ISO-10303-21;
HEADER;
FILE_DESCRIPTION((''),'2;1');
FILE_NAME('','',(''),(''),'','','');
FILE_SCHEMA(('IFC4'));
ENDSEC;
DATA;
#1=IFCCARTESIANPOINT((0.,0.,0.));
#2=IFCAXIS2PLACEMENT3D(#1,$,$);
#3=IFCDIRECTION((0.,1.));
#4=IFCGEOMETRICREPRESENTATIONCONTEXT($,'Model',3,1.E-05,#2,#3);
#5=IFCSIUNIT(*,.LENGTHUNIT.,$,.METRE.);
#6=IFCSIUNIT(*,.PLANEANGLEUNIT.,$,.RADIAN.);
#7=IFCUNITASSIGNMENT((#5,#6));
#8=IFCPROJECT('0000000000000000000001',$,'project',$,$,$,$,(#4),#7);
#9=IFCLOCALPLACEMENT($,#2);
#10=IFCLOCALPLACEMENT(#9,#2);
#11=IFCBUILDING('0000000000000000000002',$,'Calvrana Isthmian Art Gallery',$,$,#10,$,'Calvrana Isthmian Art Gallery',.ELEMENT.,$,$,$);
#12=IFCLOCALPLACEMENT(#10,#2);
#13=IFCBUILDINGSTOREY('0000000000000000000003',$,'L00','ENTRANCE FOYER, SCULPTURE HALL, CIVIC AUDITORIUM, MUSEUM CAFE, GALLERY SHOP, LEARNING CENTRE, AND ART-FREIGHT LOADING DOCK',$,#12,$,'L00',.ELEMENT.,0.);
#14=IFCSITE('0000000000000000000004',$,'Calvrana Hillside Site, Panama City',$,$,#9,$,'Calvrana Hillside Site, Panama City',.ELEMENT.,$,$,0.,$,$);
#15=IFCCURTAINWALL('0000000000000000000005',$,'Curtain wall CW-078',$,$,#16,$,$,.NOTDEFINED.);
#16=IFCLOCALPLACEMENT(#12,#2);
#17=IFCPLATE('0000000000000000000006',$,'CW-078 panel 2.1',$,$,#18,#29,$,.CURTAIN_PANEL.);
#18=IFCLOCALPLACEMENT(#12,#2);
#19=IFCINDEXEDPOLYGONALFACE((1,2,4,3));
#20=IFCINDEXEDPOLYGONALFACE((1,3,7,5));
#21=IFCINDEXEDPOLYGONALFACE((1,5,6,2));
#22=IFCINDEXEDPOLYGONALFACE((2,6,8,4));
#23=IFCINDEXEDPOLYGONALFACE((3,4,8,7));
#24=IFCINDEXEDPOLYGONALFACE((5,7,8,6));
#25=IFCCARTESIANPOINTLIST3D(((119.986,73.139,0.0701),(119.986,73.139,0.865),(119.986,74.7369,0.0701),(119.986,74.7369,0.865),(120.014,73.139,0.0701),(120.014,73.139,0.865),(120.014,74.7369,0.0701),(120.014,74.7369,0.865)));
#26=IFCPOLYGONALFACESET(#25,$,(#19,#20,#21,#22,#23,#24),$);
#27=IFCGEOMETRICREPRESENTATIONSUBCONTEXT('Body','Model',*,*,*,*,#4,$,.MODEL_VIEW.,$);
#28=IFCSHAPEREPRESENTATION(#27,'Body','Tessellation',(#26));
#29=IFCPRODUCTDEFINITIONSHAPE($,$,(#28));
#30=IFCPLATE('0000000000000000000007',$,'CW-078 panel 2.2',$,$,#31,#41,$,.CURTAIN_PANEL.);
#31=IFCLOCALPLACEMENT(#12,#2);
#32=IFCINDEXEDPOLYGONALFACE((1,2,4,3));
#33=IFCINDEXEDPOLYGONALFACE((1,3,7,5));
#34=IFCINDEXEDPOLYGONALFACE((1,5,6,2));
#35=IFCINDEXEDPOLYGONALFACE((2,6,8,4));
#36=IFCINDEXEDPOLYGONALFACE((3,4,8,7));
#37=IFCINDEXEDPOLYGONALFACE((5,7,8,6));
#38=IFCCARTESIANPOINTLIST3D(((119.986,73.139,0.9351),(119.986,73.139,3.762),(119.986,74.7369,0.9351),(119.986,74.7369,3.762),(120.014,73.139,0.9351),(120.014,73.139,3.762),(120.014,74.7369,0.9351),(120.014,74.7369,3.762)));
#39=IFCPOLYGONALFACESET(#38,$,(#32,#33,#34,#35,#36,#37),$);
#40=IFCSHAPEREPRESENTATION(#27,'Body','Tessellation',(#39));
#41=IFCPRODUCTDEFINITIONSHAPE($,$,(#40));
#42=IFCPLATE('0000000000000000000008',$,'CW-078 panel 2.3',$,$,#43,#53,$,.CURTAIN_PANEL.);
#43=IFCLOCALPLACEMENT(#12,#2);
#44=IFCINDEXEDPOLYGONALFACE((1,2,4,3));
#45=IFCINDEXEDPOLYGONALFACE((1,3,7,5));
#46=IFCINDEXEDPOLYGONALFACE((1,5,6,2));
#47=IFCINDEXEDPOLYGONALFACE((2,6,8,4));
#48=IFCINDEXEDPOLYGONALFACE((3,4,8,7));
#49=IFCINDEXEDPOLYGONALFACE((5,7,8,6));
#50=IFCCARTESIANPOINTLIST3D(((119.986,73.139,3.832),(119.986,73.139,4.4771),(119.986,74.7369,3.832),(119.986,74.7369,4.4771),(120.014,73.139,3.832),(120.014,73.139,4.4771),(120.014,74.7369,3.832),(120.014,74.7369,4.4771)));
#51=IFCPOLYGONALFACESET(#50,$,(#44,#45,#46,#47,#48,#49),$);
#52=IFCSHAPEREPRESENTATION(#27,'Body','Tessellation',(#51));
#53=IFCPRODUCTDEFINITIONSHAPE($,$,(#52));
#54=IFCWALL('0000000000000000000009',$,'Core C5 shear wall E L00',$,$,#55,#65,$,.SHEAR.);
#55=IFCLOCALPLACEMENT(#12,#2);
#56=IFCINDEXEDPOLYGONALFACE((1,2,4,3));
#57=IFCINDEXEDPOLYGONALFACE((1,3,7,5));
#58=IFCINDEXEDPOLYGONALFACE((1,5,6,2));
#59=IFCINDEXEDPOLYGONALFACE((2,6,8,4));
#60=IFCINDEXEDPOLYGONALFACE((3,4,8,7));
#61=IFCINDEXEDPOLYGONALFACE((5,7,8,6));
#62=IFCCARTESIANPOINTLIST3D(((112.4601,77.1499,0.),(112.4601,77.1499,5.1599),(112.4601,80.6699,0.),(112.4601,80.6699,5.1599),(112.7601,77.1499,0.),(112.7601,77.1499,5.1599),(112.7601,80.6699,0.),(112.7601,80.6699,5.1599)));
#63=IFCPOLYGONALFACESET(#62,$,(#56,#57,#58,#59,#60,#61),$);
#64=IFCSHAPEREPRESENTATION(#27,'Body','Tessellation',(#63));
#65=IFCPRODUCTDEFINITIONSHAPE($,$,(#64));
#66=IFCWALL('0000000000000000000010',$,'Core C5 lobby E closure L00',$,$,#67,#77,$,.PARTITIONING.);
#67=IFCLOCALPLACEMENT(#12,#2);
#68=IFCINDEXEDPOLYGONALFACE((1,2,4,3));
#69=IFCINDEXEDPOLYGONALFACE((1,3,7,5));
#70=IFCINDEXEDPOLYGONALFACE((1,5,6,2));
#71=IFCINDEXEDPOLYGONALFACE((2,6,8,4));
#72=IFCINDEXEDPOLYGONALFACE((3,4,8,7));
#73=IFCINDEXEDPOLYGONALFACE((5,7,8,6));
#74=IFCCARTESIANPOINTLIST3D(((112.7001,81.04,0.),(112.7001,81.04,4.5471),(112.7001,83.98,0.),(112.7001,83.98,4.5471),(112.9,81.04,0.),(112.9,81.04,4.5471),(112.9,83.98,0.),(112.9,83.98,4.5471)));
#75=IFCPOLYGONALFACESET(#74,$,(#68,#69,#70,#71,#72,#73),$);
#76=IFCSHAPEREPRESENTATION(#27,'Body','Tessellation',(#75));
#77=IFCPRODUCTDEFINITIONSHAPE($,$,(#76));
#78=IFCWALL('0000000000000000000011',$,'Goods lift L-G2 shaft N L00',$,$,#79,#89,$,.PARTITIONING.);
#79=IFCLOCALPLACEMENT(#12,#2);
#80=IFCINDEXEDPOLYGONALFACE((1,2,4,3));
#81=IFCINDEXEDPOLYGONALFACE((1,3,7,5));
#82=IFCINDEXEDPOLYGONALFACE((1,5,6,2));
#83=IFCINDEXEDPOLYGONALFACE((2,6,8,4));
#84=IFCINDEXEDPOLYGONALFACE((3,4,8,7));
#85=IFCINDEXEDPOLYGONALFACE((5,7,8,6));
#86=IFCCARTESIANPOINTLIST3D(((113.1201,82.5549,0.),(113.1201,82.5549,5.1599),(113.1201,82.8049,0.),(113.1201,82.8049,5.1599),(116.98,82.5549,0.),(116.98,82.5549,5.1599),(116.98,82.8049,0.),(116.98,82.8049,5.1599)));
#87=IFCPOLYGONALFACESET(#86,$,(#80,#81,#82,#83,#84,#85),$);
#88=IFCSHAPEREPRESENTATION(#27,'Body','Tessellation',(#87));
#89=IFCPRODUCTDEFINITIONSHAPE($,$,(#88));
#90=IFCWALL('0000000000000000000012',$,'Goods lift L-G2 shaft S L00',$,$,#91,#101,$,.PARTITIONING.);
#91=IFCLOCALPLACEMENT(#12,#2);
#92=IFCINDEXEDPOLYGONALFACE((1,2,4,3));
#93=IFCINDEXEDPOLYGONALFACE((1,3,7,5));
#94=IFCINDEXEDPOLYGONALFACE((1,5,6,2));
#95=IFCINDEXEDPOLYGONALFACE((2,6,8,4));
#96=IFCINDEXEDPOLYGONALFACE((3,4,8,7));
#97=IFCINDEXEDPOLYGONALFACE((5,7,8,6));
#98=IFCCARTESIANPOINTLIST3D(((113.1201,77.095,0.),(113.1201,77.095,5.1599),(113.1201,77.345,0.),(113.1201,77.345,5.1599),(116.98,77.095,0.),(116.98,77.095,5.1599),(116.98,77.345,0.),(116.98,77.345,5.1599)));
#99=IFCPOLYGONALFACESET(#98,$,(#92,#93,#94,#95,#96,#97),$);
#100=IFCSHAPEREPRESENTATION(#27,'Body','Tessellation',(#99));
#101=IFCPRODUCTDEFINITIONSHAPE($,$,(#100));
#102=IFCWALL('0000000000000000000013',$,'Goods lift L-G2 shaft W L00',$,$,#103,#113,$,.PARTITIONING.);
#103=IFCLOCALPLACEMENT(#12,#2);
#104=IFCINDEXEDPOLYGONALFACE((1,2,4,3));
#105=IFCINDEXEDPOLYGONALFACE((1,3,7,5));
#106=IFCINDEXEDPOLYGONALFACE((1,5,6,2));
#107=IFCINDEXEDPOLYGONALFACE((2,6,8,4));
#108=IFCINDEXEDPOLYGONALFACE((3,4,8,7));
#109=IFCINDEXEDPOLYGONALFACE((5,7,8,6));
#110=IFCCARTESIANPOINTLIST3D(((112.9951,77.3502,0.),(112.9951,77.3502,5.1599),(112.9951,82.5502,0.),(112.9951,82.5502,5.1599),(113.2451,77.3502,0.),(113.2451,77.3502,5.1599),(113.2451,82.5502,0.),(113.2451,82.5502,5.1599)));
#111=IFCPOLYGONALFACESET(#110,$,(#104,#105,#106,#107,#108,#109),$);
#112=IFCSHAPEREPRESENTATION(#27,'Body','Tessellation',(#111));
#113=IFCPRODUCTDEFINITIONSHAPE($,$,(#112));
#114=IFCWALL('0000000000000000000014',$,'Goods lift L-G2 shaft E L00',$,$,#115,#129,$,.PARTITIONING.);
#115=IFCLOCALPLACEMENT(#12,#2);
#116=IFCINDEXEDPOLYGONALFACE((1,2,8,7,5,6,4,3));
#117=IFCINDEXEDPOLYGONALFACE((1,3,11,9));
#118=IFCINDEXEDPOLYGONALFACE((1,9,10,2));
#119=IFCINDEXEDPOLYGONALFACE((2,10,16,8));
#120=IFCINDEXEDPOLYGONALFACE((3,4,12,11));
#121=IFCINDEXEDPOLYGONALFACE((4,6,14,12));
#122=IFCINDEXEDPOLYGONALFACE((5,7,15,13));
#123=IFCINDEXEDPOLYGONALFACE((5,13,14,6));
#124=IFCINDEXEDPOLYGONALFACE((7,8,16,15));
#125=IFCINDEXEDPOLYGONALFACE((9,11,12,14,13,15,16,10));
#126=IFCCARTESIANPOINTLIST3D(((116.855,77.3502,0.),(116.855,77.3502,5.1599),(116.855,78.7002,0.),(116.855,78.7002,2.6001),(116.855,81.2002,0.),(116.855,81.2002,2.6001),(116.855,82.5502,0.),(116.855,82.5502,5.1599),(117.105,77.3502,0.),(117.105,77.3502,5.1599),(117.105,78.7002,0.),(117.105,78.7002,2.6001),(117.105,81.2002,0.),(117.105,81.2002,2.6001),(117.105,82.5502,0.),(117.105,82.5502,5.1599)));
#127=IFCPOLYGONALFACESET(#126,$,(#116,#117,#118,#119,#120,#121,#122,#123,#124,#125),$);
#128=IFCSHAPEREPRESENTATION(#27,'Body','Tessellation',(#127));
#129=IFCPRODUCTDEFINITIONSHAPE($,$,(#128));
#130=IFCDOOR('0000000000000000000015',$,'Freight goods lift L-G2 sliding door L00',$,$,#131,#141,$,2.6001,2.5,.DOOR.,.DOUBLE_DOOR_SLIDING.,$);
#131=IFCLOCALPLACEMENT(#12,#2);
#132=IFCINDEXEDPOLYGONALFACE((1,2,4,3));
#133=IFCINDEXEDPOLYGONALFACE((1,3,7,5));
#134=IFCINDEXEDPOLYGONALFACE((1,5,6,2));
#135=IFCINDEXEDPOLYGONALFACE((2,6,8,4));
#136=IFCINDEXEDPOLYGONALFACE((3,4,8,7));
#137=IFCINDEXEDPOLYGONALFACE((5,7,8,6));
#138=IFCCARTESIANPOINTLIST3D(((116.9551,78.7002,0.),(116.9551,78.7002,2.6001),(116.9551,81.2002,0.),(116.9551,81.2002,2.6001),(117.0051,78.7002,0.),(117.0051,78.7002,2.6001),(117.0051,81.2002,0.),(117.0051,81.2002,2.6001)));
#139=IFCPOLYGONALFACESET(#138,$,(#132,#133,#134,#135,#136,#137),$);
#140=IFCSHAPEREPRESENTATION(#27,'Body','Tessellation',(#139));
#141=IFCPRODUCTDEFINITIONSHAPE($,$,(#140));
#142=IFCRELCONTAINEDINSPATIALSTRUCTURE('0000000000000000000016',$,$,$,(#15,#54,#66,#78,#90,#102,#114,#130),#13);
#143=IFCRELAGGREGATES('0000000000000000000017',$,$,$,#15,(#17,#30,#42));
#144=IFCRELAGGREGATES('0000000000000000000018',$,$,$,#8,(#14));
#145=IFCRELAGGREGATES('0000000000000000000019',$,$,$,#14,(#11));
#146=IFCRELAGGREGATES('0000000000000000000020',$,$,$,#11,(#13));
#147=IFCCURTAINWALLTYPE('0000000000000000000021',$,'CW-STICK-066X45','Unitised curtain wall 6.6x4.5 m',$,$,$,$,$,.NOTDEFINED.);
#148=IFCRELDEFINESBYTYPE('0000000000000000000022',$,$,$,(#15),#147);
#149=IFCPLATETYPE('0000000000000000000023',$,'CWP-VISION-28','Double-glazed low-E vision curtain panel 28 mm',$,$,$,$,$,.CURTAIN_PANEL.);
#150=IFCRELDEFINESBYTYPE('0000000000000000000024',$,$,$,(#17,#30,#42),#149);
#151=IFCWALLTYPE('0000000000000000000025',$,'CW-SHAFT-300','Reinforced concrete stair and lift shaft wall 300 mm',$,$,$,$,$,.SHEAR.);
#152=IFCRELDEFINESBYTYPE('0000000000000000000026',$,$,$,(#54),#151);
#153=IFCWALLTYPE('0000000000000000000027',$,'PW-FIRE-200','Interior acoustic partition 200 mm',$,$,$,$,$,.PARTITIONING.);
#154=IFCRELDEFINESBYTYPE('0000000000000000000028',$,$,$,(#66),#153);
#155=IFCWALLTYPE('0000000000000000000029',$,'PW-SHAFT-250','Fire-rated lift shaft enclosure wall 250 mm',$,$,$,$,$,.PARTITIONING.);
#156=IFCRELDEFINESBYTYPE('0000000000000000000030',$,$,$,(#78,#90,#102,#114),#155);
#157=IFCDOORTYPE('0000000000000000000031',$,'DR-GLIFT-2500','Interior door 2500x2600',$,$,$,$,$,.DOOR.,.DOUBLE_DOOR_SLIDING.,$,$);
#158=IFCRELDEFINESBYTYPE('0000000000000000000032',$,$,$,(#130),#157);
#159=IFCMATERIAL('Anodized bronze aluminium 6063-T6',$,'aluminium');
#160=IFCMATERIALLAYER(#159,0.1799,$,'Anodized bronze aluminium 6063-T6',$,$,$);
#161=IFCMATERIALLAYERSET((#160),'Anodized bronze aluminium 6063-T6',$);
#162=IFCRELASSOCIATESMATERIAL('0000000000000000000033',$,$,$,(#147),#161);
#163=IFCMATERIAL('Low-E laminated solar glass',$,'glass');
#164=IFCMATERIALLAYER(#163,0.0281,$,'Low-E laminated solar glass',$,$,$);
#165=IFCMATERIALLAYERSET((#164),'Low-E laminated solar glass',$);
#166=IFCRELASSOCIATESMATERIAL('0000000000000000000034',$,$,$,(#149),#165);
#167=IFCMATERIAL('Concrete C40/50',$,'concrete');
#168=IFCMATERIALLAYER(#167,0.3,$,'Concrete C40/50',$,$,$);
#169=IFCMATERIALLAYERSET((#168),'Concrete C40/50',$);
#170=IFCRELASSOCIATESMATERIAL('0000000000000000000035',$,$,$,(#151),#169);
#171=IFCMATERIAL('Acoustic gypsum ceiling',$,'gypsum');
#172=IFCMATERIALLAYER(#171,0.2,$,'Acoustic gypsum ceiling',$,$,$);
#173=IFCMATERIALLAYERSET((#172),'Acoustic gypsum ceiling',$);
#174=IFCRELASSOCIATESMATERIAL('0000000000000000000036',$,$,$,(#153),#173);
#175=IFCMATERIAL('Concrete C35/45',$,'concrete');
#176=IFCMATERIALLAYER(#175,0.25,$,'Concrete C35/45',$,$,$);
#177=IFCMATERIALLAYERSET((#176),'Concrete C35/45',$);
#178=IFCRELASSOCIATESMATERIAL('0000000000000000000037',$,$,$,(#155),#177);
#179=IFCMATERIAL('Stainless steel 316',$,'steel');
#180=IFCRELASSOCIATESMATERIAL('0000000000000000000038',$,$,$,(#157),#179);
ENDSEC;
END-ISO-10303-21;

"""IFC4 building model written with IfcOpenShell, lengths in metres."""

from ifc_helpers import new_model, si_unit, direction, frame, frame_2d, origin, origin_2d, place, context, subcontext, project, spatial, rectangle, extrude, material, layer, layer_set, type_object, element, fill, aggregate, save


model = new_model("IFC4")

# Units and contexts
model_context = context("Model", 3, precision=1e-05, world=origin(), true_north=direction((0.0, 1.0)))
body_context = subcontext(model_context, "Body", "Model", "MODEL_VIEW")
ifc_project = project(units=[si_unit("LENGTHUNIT", "METRE"), si_unit("PLANEANGLEUNIT", "RADIAN")], contexts=[model_context])

# Site, building, storey
site_placement = place(None, origin())
site = spatial("IfcSite", under=ifc_project, at=site_placement, Name="Calvrana Hillside Site, Panama City", LongName="Calvrana Hillside Site, Panama City", CompositionType="ELEMENT", RefElevation=0.0)
building_placement = place(site_placement, origin())
building = spatial("IfcBuilding", under=site, at=building_placement, Name="Calvrana Isthmian Art Gallery", LongName="Calvrana Isthmian Art Gallery", CompositionType="ELEMENT")
storey_placement = place(building_placement, origin())
storey = spatial("IfcBuildingStorey", under=building, at=storey_placement, Name="L00", Description="ENTRANCE FOYER, SCULPTURE HALL, CIVIC AUDITORIUM, MUSEUM CAFE, GALLERY SHOP, LEARNING CENTRE, AND ART-FREIGHT LOADING DOCK", LongName="L00", CompositionType="ELEMENT", Elevation=0.0)

# Curtain wall, plates
ifc_material_1 = material(Name="Anodized bronze aluminium 6063-T6", Category="aluminium")
ifc_layer_1 = layer(ifc_material_1, 0.1799, Name="Anodized bronze aluminium 6063-T6")
ifc_layer_set_1 = layer_set([ifc_layer_1], Name="Anodized bronze aluminium 6063-T6")
curtain_wall_type = type_object("IfcCurtainWallType", Name="CW-STICK-066X45", Description="Unitised curtain wall 6.6x4.5 m", PredefinedType="NOTDEFINED", material=ifc_layer_set_1)
curtain_wall_placement = place(storey_placement, origin())
curtain_wall = element("IfcCurtainWall", 1, at=curtain_wall_placement, inside=storey, type_object=curtain_wall_type, Name="Curtain wall CW-078", PredefinedType="NOTDEFINED")
ifc_material_2 = material(Name="Low-E laminated solar glass", Category="glass")
ifc_layer_2 = layer(ifc_material_2, 0.0281, Name="Low-E laminated solar glass")
ifc_layer_set_2 = layer_set([ifc_layer_2], Name="Low-E laminated solar glass")
plate_type = type_object("IfcPlateType", Name="CWP-VISION-28", Description="Double-glazed low-E vision curtain panel 28 mm", PredefinedType="CURTAIN_PANEL", material=ifc_layer_set_2)
plate_1_placement = place(storey_placement, frame((120.0, 73.938, 0.0701), z_axis=(0.0, 0.0, 1.0), x_axis=(0.0, -1.0, 0.0)))
plate_1 = element("IfcPlate", 2, at=plate_1_placement, type_object=plate_type, Name="CW-078 panel 2.1", PredefinedType="CURTAIN_PANEL", context=body_context, shape_type="SweptSolid", body=[
    extrude(rectangle(XDim=1.5979, YDim=0.0281, at=origin_2d()), origin(), (0.0, 0.0, 1.0), 0.7949),
])
plate_2_placement = place(storey_placement, frame((120.0, 73.938, 0.9351), z_axis=(0.0, 0.0, 1.0), x_axis=(0.0, -1.0, 0.0)))
plate_2 = element("IfcPlate", 3, at=plate_2_placement, type_object=plate_type, Name="CW-078 panel 2.2", PredefinedType="CURTAIN_PANEL", context=body_context, shape_type="SweptSolid", body=[
    extrude(rectangle(XDim=1.5979, YDim=0.0281, at=origin_2d()), origin(), (0.0, 0.0, 1.0), 2.8269),
])
plate_3_placement = place(storey_placement, frame((120.0, 73.938, 3.832), z_axis=(0.0, 0.0, 1.0), x_axis=(0.0, -1.0, 0.0)))
plate_3 = element("IfcPlate", 4, at=plate_3_placement, type_object=plate_type, Name="CW-078 panel 2.3", PredefinedType="CURTAIN_PANEL", context=body_context, shape_type="SweptSolid", body=[
    extrude(rectangle(XDim=1.5979, YDim=0.0281, at=origin_2d()), origin(), (0.0, 0.0, 1.0), 0.645),
])
aggregate(curtain_wall, [plate_1, plate_2, plate_3])

# Walls
ifc_material_3 = material(Name="Concrete C40/50", Category="concrete")
ifc_layer_3 = layer(ifc_material_3, 0.3, Name="Concrete C40/50")
ifc_layer_set_3 = layer_set([ifc_layer_3], Name="Concrete C40/50")
wall_type_1 = type_object("IfcWallType", Name="CW-SHAFT-300", Description="Reinforced concrete stair and lift shaft wall 300 mm", PredefinedType="SHEAR", material=ifc_layer_set_3)
wall_1_placement = place(storey_placement, frame((112.6101, 77.1499, 0.0), z_axis=(0.0, 0.0, 1.0), x_axis=(0.0, 1.0, 0.0)))
element("IfcWall", 5, at=wall_1_placement, inside=storey, type_object=wall_type_1, Name="Core C5 shear wall E L00", PredefinedType="SHEAR", context=body_context, shape_type="SweptSolid", body=[
    extrude(rectangle(XDim=3.52, YDim=0.3, at=frame_2d((1.76, 0.0))), origin(), (0.0, 0.0, 1.0), 5.1599),
])
ifc_material_4 = material(Name="Acoustic gypsum ceiling", Category="gypsum")
ifc_layer_4 = layer(ifc_material_4, 0.2, Name="Acoustic gypsum ceiling")
ifc_layer_set_4 = layer_set([ifc_layer_4], Name="Acoustic gypsum ceiling")
wall_type_2 = type_object("IfcWallType", Name="PW-FIRE-200", Description="Interior acoustic partition 200 mm", PredefinedType="PARTITIONING", material=ifc_layer_set_4)
wall_2_placement = place(storey_placement, frame((112.8, 81.04, 0.0), z_axis=(0.0, 0.0, 1.0), x_axis=(0.0, 1.0, 0.0)))
element("IfcWall", 6, at=wall_2_placement, inside=storey, type_object=wall_type_2, Name="Core C5 lobby E closure L00", PredefinedType="PARTITIONING", context=body_context, shape_type="SweptSolid", body=[
    extrude(rectangle(XDim=2.9399, YDim=0.2, at=frame_2d((1.47, 0.0))), origin(), (0.0, 0.0, 1.0), 4.5471),
])
ifc_material_5 = material(Name="Concrete C35/45", Category="concrete")
ifc_layer_5 = layer(ifc_material_5, 0.25, Name="Concrete C35/45")
ifc_layer_set_5 = layer_set([ifc_layer_5], Name="Concrete C35/45")
wall_type_3 = type_object("IfcWallType", Name="PW-SHAFT-250", Description="Fire-rated lift shaft enclosure wall 250 mm", PredefinedType="PARTITIONING", material=ifc_layer_set_5)
for number, where, z_axis, x_axis, name in (
    (7, (113.1201, 82.6799, 0.0), (0.0, 0.0, 1.0), (1.0, 0.0, 0.0), "Goods lift L-G2 shaft N L00"),
    (8, (113.1201, 77.22, 0.0), (0.0, 0.0, 1.0), (1.0, 0.0, 0.0), "Goods lift L-G2 shaft S L00"),
):
    element("IfcWall", number, at=place(storey_placement, frame(where, z_axis=z_axis, x_axis=x_axis)), inside=storey, type_object=wall_type_3, Name=name, PredefinedType="PARTITIONING", context=body_context, shape_type="SweptSolid", body=[
        extrude(rectangle(XDim=3.8599, YDim=0.25, at=frame_2d((1.9299, 0.0))), origin(), (0.0, 0.0, 1.0), 5.1599),
    ])
wall_3_placement = place(storey_placement, frame((113.1201, 77.3501, 0.0), z_axis=(0.0, 0.0, 1.0), x_axis=(0.0, 1.0, 0.0)))
element("IfcWall", 9, at=wall_3_placement, inside=storey, type_object=wall_type_3, Name="Goods lift L-G2 shaft W L00", PredefinedType="PARTITIONING", context=body_context, shape_type="SweptSolid", body=[
    extrude(rectangle(XDim=5.2, YDim=0.25, at=frame_2d((2.6001, 0.0))), origin(), (0.0, 0.0, 1.0), 5.1599),
])

# Wall, opening, door
wall_4_placement = place(storey_placement, frame((116.98, 77.3501, 0.0), z_axis=(0.0, 0.0, 1.0), x_axis=(0.0, 1.0, 0.0)))
wall_4 = element("IfcWall", 10, at=wall_4_placement, inside=storey, type_object=wall_type_3, Name="Goods lift L-G2 shaft E L00", PredefinedType="PARTITIONING", context=body_context, shape_type="SweptSolid", body=[
    extrude(rectangle(XDim=5.2, YDim=0.25, at=frame_2d((2.6001, 0.0))), origin(), (0.0, 0.0, 1.0), 5.1599),
])
opening_placement = place(wall_4_placement, frame((1.3501, 0.0, 0.0)))
opening = element("IfcOpeningElement", 11, at=opening_placement, cuts=wall_4, PredefinedType="OPENING", context=body_context, shape_type="SweptSolid", body=[
    extrude(rectangle(XDim=2.5, YDim=2.6001, at=frame_2d((1.25, 1.3))), frame((0.0, 0.1353, 0.0), z_axis=(0.0, -1.0, 0.0), x_axis=(1.0, 0.0, 0.0)), (0.0, 0.0, 1.0), 0.2705),
])
ifc_material_6 = material(Name="Stainless steel 316", Category="steel")
door_type = type_object("IfcDoorType", Name="DR-GLIFT-2500", Description="Interior door 2500x2600", OperationType="DOUBLE_DOOR_SLIDING", PredefinedType="DOOR", material=ifc_material_6)
door_placement = place(opening_placement, origin())
door = element("IfcDoor", 12, at=door_placement, inside=storey, type_object=door_type, Name="Freight goods lift L-G2 sliding door L00", OperationType="DOUBLE_DOOR_SLIDING", OverallHeight=2.6001, OverallWidth=2.5, PredefinedType="DOOR", context=body_context, shape_type="SweptSolid", body=[
    extrude(rectangle(XDim=2.5, YDim=2.6001, at=frame_2d((1.25, 1.3))), frame((0.0, 0.0249, 0.0), z_axis=(0.0, -1.0, 0.0), x_axis=(1.0, 0.0, 0.0)), (0.0, 0.0, 1.0), 0.05),
])
fill(opening, door)

save(model, "model.ifc")
